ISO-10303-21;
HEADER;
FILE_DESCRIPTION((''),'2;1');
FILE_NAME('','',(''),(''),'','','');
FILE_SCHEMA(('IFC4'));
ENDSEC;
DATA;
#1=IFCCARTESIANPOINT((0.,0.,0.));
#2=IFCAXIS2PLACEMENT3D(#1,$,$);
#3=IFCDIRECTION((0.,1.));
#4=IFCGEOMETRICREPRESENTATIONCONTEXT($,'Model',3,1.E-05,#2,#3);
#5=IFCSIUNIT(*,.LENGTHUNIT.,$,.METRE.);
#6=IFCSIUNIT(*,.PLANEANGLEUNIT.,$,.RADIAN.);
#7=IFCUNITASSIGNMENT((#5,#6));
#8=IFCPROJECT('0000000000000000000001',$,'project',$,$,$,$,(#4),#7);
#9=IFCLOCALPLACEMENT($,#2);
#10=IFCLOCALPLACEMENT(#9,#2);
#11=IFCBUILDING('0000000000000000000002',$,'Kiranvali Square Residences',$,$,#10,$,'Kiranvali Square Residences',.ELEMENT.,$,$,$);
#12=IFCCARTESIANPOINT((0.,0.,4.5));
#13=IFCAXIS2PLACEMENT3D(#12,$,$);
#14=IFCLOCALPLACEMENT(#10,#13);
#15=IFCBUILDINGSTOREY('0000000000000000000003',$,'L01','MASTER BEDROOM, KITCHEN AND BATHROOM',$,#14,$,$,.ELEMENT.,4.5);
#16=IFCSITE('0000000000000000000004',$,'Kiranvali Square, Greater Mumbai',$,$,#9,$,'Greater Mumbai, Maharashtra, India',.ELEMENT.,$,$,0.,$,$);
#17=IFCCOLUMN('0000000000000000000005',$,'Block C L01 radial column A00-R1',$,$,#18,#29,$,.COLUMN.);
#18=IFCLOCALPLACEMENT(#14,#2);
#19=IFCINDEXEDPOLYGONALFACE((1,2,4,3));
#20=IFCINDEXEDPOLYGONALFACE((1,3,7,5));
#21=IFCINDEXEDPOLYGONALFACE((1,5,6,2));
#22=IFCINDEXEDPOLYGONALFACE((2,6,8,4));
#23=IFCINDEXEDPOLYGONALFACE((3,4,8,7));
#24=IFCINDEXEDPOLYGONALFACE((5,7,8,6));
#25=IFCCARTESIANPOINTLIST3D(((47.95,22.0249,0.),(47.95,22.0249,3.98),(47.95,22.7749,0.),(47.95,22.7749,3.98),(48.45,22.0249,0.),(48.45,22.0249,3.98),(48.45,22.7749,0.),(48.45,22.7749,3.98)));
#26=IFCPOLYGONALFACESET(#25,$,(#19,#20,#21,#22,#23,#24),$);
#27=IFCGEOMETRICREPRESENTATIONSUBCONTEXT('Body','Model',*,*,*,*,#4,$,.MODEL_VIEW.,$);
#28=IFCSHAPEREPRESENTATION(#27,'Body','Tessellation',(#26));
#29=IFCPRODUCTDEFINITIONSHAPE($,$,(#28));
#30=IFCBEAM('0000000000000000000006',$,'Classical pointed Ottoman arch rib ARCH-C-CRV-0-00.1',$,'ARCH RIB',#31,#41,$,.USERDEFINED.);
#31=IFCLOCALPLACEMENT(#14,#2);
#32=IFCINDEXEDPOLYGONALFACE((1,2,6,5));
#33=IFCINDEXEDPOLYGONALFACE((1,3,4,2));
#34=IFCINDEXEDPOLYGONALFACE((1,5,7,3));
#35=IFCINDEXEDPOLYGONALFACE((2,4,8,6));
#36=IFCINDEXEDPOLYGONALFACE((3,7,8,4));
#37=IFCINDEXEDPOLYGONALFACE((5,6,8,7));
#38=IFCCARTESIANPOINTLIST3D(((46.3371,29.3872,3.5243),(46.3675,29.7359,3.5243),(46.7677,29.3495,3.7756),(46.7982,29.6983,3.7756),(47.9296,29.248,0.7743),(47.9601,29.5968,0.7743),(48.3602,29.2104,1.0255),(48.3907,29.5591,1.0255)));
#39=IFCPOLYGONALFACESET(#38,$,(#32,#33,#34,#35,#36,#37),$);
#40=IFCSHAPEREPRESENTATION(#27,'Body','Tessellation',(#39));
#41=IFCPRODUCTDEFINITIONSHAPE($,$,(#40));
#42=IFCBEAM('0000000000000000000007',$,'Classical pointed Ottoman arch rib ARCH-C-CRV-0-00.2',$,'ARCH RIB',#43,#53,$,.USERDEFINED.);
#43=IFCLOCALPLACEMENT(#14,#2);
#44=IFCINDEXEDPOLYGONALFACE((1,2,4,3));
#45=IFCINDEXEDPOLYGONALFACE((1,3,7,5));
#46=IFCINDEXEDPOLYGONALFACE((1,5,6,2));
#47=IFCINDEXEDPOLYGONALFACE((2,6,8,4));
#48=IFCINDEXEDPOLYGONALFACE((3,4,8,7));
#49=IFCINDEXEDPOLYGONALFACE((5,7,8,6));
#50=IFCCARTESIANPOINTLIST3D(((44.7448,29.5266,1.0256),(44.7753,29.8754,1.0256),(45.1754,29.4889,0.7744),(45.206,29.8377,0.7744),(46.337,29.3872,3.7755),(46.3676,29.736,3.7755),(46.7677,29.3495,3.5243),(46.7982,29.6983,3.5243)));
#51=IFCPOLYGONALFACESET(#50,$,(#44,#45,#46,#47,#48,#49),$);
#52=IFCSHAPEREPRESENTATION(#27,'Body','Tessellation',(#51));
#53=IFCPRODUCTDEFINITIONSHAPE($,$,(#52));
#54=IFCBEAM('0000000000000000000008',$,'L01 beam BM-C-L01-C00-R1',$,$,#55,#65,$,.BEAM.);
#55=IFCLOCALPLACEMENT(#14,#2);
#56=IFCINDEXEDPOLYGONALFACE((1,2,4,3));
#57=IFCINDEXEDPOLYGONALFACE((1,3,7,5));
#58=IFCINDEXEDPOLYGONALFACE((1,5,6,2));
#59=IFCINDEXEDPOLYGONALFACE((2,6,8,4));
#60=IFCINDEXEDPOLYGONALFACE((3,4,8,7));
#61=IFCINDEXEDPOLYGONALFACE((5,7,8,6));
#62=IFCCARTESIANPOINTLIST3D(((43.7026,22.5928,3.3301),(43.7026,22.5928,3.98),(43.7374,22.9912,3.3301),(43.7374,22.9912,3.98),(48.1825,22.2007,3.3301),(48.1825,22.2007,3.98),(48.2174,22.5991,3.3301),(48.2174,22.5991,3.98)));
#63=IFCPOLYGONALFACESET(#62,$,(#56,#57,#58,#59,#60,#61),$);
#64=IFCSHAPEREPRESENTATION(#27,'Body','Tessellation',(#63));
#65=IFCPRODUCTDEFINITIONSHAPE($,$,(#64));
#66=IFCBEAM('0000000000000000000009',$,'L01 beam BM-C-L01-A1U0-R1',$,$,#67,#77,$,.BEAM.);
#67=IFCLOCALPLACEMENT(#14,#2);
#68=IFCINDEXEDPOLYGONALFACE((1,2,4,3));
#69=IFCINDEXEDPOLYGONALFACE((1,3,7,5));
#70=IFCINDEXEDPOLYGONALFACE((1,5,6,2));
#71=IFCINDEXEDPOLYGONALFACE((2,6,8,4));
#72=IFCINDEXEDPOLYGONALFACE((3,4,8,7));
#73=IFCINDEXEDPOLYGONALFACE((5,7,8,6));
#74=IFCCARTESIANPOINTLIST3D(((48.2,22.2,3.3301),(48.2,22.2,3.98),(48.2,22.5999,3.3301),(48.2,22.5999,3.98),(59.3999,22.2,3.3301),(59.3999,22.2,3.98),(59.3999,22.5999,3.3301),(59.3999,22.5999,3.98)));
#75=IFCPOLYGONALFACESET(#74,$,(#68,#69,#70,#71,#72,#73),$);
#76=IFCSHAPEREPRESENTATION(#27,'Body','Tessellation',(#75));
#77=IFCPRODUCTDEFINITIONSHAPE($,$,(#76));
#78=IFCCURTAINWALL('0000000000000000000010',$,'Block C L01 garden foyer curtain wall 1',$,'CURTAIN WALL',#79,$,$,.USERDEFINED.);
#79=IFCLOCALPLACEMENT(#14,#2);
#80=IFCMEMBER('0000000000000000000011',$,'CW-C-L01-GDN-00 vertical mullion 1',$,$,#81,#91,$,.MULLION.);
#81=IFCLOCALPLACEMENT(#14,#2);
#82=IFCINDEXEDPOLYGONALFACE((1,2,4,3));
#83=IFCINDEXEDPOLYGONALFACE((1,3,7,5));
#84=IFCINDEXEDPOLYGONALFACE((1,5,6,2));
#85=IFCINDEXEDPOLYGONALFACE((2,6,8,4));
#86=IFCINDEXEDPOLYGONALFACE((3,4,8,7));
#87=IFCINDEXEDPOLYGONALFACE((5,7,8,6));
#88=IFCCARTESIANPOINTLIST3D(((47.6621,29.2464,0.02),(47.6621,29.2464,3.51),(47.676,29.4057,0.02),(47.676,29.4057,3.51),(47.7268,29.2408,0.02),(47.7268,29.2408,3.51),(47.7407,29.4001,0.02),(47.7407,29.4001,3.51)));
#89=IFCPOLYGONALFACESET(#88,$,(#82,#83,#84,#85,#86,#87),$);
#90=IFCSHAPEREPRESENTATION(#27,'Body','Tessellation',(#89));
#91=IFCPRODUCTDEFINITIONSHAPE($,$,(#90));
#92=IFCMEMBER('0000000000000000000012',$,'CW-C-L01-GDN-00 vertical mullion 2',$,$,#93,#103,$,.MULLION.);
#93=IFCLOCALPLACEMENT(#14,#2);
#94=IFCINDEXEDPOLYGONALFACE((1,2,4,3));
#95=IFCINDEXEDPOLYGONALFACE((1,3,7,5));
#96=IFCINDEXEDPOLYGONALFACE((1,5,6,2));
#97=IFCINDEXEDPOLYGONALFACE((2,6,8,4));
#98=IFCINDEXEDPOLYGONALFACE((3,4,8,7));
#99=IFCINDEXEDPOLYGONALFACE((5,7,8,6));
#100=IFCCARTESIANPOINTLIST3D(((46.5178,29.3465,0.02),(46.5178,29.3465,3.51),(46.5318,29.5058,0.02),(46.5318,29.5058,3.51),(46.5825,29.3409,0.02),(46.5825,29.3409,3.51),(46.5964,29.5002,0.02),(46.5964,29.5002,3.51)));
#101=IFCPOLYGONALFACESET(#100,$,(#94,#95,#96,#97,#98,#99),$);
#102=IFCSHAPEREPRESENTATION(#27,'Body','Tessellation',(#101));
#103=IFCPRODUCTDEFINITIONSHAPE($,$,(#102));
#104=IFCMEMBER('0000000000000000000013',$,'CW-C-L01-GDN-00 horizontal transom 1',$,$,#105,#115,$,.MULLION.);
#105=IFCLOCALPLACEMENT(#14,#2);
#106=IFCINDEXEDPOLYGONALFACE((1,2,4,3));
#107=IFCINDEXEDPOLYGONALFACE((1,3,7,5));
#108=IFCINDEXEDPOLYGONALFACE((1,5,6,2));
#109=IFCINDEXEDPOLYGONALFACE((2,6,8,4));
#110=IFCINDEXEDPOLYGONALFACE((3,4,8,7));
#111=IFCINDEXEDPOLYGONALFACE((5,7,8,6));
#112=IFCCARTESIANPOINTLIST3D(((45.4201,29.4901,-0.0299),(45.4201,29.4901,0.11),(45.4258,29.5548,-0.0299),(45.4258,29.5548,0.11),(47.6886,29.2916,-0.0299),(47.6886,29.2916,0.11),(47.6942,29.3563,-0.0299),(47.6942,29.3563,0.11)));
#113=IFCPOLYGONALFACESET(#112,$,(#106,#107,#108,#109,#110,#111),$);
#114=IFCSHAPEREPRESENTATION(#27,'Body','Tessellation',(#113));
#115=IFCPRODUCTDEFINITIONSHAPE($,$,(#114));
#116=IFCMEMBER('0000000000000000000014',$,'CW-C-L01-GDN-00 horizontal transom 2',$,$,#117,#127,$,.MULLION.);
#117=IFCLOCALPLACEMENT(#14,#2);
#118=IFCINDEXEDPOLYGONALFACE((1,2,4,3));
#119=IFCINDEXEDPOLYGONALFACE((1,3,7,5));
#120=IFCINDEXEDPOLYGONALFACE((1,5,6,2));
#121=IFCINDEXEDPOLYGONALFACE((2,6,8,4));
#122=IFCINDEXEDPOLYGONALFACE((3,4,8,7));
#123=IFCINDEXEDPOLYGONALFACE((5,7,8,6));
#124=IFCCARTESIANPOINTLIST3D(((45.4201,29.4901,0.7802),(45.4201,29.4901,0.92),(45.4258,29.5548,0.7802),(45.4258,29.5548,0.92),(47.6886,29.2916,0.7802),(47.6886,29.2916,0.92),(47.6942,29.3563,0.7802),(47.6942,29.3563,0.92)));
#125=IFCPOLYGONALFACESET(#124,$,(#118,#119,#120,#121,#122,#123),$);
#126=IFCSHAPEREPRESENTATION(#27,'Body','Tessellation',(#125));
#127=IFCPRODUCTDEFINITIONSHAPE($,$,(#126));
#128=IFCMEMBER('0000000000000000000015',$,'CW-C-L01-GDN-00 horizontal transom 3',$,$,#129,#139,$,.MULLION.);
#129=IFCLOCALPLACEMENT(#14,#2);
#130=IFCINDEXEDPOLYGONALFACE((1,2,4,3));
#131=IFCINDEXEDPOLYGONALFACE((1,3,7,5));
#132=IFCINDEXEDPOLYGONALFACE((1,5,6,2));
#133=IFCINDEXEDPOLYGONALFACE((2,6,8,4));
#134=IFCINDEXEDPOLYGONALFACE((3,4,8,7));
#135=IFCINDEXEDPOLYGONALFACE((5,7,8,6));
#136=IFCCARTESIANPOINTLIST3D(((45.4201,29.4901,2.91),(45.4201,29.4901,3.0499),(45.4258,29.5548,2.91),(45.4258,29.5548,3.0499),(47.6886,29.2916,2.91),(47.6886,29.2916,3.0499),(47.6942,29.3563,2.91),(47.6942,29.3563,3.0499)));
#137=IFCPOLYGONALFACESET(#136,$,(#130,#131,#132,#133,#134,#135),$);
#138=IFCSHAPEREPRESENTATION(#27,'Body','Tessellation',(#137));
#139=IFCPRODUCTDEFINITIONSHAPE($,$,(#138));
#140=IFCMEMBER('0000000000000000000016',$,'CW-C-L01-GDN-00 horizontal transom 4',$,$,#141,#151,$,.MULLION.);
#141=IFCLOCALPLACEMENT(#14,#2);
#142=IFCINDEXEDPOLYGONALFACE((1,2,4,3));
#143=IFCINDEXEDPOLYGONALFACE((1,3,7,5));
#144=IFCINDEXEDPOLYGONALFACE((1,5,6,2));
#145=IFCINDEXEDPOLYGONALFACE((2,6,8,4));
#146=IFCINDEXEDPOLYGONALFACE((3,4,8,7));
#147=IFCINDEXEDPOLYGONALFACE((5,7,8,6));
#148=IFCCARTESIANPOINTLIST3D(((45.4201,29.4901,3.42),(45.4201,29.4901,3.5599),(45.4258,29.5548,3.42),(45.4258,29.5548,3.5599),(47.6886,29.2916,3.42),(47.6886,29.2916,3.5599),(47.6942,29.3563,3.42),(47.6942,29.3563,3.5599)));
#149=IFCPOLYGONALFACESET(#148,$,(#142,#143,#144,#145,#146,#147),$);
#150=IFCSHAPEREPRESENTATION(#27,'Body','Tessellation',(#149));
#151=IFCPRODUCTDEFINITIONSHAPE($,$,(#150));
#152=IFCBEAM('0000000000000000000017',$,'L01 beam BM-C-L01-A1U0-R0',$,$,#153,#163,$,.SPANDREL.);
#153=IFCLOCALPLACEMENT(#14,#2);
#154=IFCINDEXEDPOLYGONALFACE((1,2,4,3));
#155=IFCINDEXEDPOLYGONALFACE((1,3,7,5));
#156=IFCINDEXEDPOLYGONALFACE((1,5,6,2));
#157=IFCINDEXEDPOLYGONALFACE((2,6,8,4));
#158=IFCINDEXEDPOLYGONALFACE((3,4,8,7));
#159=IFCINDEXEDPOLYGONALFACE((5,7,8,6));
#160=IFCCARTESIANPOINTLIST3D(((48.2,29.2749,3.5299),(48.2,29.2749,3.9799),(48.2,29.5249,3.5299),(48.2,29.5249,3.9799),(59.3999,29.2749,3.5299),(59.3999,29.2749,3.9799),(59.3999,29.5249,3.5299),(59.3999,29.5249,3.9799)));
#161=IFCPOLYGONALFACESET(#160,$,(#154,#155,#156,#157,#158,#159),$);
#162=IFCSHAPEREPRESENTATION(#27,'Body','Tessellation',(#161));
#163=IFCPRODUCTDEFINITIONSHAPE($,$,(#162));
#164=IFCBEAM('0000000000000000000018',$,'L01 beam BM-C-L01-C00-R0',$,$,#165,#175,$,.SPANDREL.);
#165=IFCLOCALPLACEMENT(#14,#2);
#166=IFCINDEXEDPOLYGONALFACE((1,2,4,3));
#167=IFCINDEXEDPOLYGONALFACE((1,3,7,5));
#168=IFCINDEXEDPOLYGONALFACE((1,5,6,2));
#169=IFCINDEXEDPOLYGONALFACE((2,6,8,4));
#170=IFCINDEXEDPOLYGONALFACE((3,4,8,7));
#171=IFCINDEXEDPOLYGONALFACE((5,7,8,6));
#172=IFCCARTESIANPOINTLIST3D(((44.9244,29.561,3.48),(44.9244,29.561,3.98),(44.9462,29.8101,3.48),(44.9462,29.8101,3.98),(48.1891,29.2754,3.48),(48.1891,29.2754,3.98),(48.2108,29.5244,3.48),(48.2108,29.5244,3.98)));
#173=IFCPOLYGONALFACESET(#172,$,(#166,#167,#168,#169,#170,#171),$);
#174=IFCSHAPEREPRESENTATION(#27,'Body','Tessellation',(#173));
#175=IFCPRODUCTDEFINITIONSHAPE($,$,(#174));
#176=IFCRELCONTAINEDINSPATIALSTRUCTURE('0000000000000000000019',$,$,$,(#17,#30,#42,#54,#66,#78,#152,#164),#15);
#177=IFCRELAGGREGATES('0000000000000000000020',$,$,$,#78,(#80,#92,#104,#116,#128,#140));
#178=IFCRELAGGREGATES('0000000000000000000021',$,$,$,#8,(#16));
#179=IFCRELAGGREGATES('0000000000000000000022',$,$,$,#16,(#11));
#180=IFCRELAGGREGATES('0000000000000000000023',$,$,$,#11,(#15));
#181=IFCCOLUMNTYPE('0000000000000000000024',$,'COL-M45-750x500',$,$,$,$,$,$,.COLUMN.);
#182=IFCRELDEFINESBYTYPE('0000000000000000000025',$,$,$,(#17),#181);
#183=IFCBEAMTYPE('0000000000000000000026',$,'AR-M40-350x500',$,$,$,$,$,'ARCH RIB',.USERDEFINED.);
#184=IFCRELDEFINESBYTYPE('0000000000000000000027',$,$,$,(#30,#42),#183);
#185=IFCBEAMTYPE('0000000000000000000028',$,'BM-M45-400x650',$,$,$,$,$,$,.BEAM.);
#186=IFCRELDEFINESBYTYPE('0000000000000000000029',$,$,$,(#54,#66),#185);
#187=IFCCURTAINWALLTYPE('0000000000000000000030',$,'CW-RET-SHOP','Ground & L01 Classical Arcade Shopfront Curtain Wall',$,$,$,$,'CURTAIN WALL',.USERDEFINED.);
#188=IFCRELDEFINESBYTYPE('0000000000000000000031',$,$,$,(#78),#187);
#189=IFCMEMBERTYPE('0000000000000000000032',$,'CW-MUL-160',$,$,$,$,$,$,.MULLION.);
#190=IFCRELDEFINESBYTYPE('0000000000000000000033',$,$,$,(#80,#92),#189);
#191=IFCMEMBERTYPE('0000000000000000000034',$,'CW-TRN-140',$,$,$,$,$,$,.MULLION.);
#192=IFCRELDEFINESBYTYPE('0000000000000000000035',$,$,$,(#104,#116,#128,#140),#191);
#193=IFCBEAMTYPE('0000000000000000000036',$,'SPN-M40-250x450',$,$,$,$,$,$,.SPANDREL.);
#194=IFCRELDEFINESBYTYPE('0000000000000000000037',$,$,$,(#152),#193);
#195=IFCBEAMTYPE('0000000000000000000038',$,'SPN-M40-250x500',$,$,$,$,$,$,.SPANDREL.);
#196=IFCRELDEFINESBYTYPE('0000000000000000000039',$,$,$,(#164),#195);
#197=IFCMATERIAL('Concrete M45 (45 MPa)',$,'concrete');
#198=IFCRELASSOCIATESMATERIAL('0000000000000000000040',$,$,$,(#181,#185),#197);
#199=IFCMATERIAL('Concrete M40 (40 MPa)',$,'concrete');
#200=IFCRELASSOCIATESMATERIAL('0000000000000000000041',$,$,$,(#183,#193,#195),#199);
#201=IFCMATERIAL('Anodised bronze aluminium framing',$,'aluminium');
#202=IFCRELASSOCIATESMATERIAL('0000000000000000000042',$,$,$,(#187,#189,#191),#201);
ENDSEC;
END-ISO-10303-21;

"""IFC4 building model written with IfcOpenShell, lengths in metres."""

from ifc_helpers import new_model, si_unit, direction, frame, origin, origin_2d, place, context, subcontext, project, spatial, rectangle, extrude, material, material_profile, profile_set, type_object, element, aggregate, save


model = new_model("IFC4")

# Units and contexts
model_context = context("Model", 3, precision=1e-05, world=origin(), true_north=direction((0.0, 1.0)))
body_context = subcontext(model_context, "Body", "Model", "MODEL_VIEW")
ifc_project = project(units=[si_unit("LENGTHUNIT", "METRE"), si_unit("PLANEANGLEUNIT", "RADIAN")], contexts=[model_context])

# Site, building, storey
site_placement = place(None, origin())
site = spatial("IfcSite", under=ifc_project, at=site_placement, Name="Kiranvali Square, Greater Mumbai", LongName="Greater Mumbai, Maharashtra, India", CompositionType="ELEMENT", RefElevation=0.0)
building_placement = place(site_placement, origin())
building = spatial("IfcBuilding", under=site, at=building_placement, Name="Kiranvali Square Residences", LongName="Kiranvali Square Residences", CompositionType="ELEMENT")
storey_placement = place(building_placement, frame((0.0, 0.0, 4.5)))
storey = spatial("IfcBuildingStorey", under=building, at=storey_placement, Name="L01", Description="MASTER BEDROOM, KITCHEN AND BATHROOM", CompositionType="ELEMENT", Elevation=4.5)

# Column
ifc_material_1 = material(Name="Concrete M45 (45 MPa)", Category="concrete")
ifc_material_profile_1 = material_profile(ifc_material_1, rectangle(XDim=0.5, YDim=0.75, at=origin_2d()), Name="RC 750x500")
ifc_profile_set_1 = profile_set([ifc_material_profile_1], Name="Concrete M45 (45 MPa)")
column_type = type_object("IfcColumnType", Name="COL-M45-750x500", PredefinedType="COLUMN", material=ifc_profile_set_1)
column_placement = place(storey_placement, frame((48.2, 22.3999, 0.0), z_axis=(0.0, 0.0, 1.0), x_axis=(1.0, 0.0, 0.0)))
element("IfcColumn", 1, at=column_placement, inside=storey, type_object=column_type, Name="Block C L01 radial column A00-R1", PredefinedType="COLUMN", context=body_context, shape_type="SweptSolid", body=[
    extrude(rectangle(XDim=0.5, YDim=0.75, at=origin_2d()), origin(), (0.0, 0.0, 1.0), 3.98),
])

# Beams
ifc_material_2 = material(Name="Concrete M40 (40 MPa)", Category="concrete")
ifc_material_profile_2 = material_profile(ifc_material_2, rectangle(XDim=0.3501, YDim=0.5, at=origin_2d()), Name="RC 350x500")
ifc_profile_set_2 = profile_set([ifc_material_profile_2], Name="Concrete M40 (40 MPa)")
beam_type_1 = type_object("IfcBeamType", Name="AR-M40-350x500", ElementType="ARCH RIB", PredefinedType="USERDEFINED", material=ifc_profile_set_2)
beam_1_placement = place(storey_placement, frame((48.1602, 29.4036, 0.8999), z_axis=(-0.500656, 0.043749, 0.86454), x_axis=(-0.087051, -0.996204, 0.0)))
element("IfcBeam", 2, at=beam_1_placement, inside=storey, type_object=beam_type_1, Name="Classical pointed Ottoman arch rib ARCH-C-CRV-0-00.1", ObjectType="ARCH RIB", PredefinedType="USERDEFINED", context=body_context, shape_type="SweptSolid", body=[
    extrude(rectangle(XDim=0.3501, YDim=0.5, at=origin_2d()), origin(), (0.0, 0.0, 1.0), 3.1809),
])
beam_2_placement = place(storey_placement, frame((46.5676, 29.5427, 3.6499), z_axis=(-0.500597, 0.043827, -0.86457), x_axis=(-0.087216, -0.996189, 0.0)))
element("IfcBeam", 3, at=beam_2_placement, inside=storey, type_object=beam_type_1, Name="Classical pointed Ottoman arch rib ARCH-C-CRV-0-00.2", ObjectType="ARCH RIB", PredefinedType="USERDEFINED", context=body_context, shape_type="SweptSolid", body=[
    extrude(rectangle(XDim=0.3501, YDim=0.5, at=origin_2d()), origin(), (0.0, 0.0, 1.0), 3.1807),
])
ifc_material_profile_3 = material_profile(ifc_material_1, rectangle(XDim=0.3999, YDim=0.6499, at=origin_2d()), Name="RC 400x650")
ifc_profile_set_3 = profile_set([ifc_material_profile_3], Name="Concrete M45 (45 MPa)")
beam_type_2 = type_object("IfcBeamType", Name="BM-M45-400x650", PredefinedType="BEAM", material=ifc_profile_set_3)
beam_3_placement = place(storey_placement, frame((48.2, 22.3999, 3.655), z_axis=(-0.996192, 0.087187, 0.0), x_axis=(-0.087187, -0.996192, 0.0)))
element("IfcBeam", 4, at=beam_3_placement, inside=storey, type_object=beam_type_2, Name="L01 beam BM-C-L01-C00-R1", PredefinedType="BEAM", context=body_context, shape_type="SweptSolid", body=[
    extrude(rectangle(XDim=0.3999, YDim=0.6499, at=origin_2d()), origin(), (0.0, 0.0, 1.0), 4.4971),
])
beam_4_placement = place(storey_placement, frame((48.2, 22.3999, 3.655), z_axis=(1.0, 0.0, 0.0), x_axis=(0.0, 1.0, 0.0)))
element("IfcBeam", 5, at=beam_4_placement, inside=storey, type_object=beam_type_2, Name="L01 beam BM-C-L01-A1U0-R1", PredefinedType="BEAM", context=body_context, shape_type="SweptSolid", body=[
    extrude(rectangle(XDim=0.3999, YDim=0.6499, at=origin_2d()), origin(), (0.0, 0.0, 1.0), 11.2),
])

# Curtain wall, members
ifc_material_3 = material(Name="Anodised bronze aluminium framing", Category="aluminium")
curtain_wall_type = type_object("IfcCurtainWallType", Name="CW-RET-SHOP", Description="Ground & L01 Classical Arcade Shopfront Curtain Wall", ElementType="CURTAIN WALL", PredefinedType="USERDEFINED", material=ifc_material_3)
curtain_wall_placement = place(storey_placement, origin())
curtain_wall = element("IfcCurtainWall", 6, at=curtain_wall_placement, inside=storey, type_object=curtain_wall_type, Name="Block C L01 garden foyer curtain wall 1", ObjectType="CURTAIN WALL", PredefinedType="USERDEFINED")
ifc_material_profile_4 = material_profile(ifc_material_3, rectangle(XDim=0.0649, YDim=0.1599, at=origin_2d()), Name="ALU 65x160")
ifc_profile_set_4 = profile_set([ifc_material_profile_4], Name="Anodised bronze aluminium framing")
member_type_1 = type_object("IfcMemberType", Name="CW-MUL-160", PredefinedType="MULLION", material=ifc_profile_set_4)
member_1_placement = place(storey_placement, frame((47.7014, 29.3232, 0.02), z_axis=(0.0, 0.0, 1.0), x_axis=(-0.996195, 0.087156, 0.0)))
member_1 = element("IfcMember", 7, at=member_1_placement, type_object=member_type_1, Name="CW-C-L01-GDN-00 vertical mullion 1", PredefinedType="MULLION", context=body_context, shape_type="SweptSolid", body=[
    extrude(rectangle(XDim=0.0649, YDim=0.1599, at=origin_2d()), origin(), (0.0, 0.0, 1.0), 3.49),
])
member_2_placement = place(storey_placement, frame((46.5571, 29.4233, 0.02), z_axis=(0.0, 0.0, 1.0), x_axis=(-0.996195, 0.087156, 0.0)))
member_2 = element("IfcMember", 8, at=member_2_placement, type_object=member_type_1, Name="CW-C-L01-GDN-00 vertical mullion 2", PredefinedType="MULLION", context=body_context, shape_type="SweptSolid", body=[
    extrude(rectangle(XDim=0.0649, YDim=0.1599, at=origin_2d()), origin(), (0.0, 0.0, 1.0), 3.49),
])
ifc_material_profile_5 = material_profile(ifc_material_3, rectangle(XDim=0.0649, YDim=0.1399, at=origin_2d()), Name="ALU 65x140")
ifc_profile_set_5 = profile_set([ifc_material_profile_5], Name="Anodised bronze aluminium framing")
member_type_2 = type_object("IfcMemberType", Name="CW-TRN-140", PredefinedType="MULLION", material=ifc_profile_set_5)
member_3_placement = place(storey_placement, frame((47.6914, 29.324, 0.04), z_axis=(-0.996193, 0.087171, 0.0), x_axis=(-0.087171, -0.996193, 0.0)))
member_3 = element("IfcMember", 9, at=member_3_placement, type_object=member_type_2, Name="CW-C-L01-GDN-00 horizontal transom 1", PredefinedType="MULLION", context=body_context, shape_type="SweptSolid", body=[
    extrude(rectangle(XDim=0.0649, YDim=0.1399, at=origin_2d()), origin(), (0.0, 0.0, 1.0), 2.2771),
])
member_4_placement = place(storey_placement, frame((47.6914, 29.324, 0.8501), z_axis=(-0.996193, 0.087171, 0.0), x_axis=(-0.087171, -0.996193, 0.0)))
member_4 = element("IfcMember", 10, at=member_4_placement, type_object=member_type_2, Name="CW-C-L01-GDN-00 horizontal transom 2", PredefinedType="MULLION", context=body_context, shape_type="SweptSolid", body=[
    extrude(rectangle(XDim=0.0649, YDim=0.1399, at=origin_2d()), origin(), (0.0, 0.0, 1.0), 2.2771),
])
member_5_placement = place(storey_placement, frame((47.6914, 29.324, 2.98), z_axis=(-0.996193, 0.087171, 0.0), x_axis=(-0.087171, -0.996193, 0.0)))
member_5 = element("IfcMember", 11, at=member_5_placement, type_object=member_type_2, Name="CW-C-L01-GDN-00 horizontal transom 3", PredefinedType="MULLION", context=body_context, shape_type="SweptSolid", body=[
    extrude(rectangle(XDim=0.0649, YDim=0.1399, at=origin_2d()), origin(), (0.0, 0.0, 1.0), 2.2771),
])
member_6_placement = place(storey_placement, frame((47.6914, 29.324, 3.49), z_axis=(-0.996193, 0.087171, 0.0), x_axis=(-0.087171, -0.996193, 0.0)))
member_6 = element("IfcMember", 12, at=member_6_placement, type_object=member_type_2, Name="CW-C-L01-GDN-00 horizontal transom 4", PredefinedType="MULLION", context=body_context, shape_type="SweptSolid", body=[
    extrude(rectangle(XDim=0.0649, YDim=0.1399, at=origin_2d()), origin(), (0.0, 0.0, 1.0), 2.2771),
])

# Beams
ifc_material_profile_6 = material_profile(ifc_material_2, rectangle(XDim=0.25, YDim=0.45, at=origin_2d()), Name="RC 250x450")
ifc_profile_set_6 = profile_set([ifc_material_profile_6], Name="Concrete M40 (40 MPa)")
beam_type_3 = type_object("IfcBeamType", Name="SPN-M40-250x450", PredefinedType="SPANDREL", material=ifc_profile_set_6)
beam_5_placement = place(storey_placement, frame((48.2, 29.3999, 3.7549), z_axis=(1.0, 0.0, 0.0), x_axis=(0.0, 1.0, 0.0)))
element("IfcBeam", 13, at=beam_5_placement, inside=storey, type_object=beam_type_3, Name="L01 beam BM-C-L01-A1U0-R0", PredefinedType="SPANDREL", context=body_context, shape_type="SweptSolid", body=[
    extrude(rectangle(XDim=0.25, YDim=0.45, at=origin_2d()), origin(), (0.0, 0.0, 1.0), 11.2),
])
ifc_material_profile_7 = material_profile(ifc_material_2, rectangle(XDim=0.25, YDim=0.5, at=origin_2d()), Name="RC 250x500")
ifc_profile_set_7 = profile_set([ifc_material_profile_7], Name="Concrete M40 (40 MPa)")
beam_type_4 = type_object("IfcBeamType", Name="SPN-M40-250x500", PredefinedType="SPANDREL", material=ifc_profile_set_7)
beam_6_placement = place(storey_placement, frame((48.2, 29.3999, 3.73), z_axis=(-0.996194, 0.087163, 0.0), x_axis=(-0.087163, -0.996194, 0.0)))
element("IfcBeam", 14, at=beam_6_placement, inside=storey, type_object=beam_type_4, Name="L01 beam BM-C-L01-C00-R0", PredefinedType="SPANDREL", context=body_context, shape_type="SweptSolid", body=[
    extrude(rectangle(XDim=0.25, YDim=0.5, at=origin_2d()), origin(), (0.0, 0.0, 1.0), 3.2771),
])

aggregate(curtain_wall, [member_1, member_2, member_3, member_4, member_5, member_6])

save(model, "model.ifc")
